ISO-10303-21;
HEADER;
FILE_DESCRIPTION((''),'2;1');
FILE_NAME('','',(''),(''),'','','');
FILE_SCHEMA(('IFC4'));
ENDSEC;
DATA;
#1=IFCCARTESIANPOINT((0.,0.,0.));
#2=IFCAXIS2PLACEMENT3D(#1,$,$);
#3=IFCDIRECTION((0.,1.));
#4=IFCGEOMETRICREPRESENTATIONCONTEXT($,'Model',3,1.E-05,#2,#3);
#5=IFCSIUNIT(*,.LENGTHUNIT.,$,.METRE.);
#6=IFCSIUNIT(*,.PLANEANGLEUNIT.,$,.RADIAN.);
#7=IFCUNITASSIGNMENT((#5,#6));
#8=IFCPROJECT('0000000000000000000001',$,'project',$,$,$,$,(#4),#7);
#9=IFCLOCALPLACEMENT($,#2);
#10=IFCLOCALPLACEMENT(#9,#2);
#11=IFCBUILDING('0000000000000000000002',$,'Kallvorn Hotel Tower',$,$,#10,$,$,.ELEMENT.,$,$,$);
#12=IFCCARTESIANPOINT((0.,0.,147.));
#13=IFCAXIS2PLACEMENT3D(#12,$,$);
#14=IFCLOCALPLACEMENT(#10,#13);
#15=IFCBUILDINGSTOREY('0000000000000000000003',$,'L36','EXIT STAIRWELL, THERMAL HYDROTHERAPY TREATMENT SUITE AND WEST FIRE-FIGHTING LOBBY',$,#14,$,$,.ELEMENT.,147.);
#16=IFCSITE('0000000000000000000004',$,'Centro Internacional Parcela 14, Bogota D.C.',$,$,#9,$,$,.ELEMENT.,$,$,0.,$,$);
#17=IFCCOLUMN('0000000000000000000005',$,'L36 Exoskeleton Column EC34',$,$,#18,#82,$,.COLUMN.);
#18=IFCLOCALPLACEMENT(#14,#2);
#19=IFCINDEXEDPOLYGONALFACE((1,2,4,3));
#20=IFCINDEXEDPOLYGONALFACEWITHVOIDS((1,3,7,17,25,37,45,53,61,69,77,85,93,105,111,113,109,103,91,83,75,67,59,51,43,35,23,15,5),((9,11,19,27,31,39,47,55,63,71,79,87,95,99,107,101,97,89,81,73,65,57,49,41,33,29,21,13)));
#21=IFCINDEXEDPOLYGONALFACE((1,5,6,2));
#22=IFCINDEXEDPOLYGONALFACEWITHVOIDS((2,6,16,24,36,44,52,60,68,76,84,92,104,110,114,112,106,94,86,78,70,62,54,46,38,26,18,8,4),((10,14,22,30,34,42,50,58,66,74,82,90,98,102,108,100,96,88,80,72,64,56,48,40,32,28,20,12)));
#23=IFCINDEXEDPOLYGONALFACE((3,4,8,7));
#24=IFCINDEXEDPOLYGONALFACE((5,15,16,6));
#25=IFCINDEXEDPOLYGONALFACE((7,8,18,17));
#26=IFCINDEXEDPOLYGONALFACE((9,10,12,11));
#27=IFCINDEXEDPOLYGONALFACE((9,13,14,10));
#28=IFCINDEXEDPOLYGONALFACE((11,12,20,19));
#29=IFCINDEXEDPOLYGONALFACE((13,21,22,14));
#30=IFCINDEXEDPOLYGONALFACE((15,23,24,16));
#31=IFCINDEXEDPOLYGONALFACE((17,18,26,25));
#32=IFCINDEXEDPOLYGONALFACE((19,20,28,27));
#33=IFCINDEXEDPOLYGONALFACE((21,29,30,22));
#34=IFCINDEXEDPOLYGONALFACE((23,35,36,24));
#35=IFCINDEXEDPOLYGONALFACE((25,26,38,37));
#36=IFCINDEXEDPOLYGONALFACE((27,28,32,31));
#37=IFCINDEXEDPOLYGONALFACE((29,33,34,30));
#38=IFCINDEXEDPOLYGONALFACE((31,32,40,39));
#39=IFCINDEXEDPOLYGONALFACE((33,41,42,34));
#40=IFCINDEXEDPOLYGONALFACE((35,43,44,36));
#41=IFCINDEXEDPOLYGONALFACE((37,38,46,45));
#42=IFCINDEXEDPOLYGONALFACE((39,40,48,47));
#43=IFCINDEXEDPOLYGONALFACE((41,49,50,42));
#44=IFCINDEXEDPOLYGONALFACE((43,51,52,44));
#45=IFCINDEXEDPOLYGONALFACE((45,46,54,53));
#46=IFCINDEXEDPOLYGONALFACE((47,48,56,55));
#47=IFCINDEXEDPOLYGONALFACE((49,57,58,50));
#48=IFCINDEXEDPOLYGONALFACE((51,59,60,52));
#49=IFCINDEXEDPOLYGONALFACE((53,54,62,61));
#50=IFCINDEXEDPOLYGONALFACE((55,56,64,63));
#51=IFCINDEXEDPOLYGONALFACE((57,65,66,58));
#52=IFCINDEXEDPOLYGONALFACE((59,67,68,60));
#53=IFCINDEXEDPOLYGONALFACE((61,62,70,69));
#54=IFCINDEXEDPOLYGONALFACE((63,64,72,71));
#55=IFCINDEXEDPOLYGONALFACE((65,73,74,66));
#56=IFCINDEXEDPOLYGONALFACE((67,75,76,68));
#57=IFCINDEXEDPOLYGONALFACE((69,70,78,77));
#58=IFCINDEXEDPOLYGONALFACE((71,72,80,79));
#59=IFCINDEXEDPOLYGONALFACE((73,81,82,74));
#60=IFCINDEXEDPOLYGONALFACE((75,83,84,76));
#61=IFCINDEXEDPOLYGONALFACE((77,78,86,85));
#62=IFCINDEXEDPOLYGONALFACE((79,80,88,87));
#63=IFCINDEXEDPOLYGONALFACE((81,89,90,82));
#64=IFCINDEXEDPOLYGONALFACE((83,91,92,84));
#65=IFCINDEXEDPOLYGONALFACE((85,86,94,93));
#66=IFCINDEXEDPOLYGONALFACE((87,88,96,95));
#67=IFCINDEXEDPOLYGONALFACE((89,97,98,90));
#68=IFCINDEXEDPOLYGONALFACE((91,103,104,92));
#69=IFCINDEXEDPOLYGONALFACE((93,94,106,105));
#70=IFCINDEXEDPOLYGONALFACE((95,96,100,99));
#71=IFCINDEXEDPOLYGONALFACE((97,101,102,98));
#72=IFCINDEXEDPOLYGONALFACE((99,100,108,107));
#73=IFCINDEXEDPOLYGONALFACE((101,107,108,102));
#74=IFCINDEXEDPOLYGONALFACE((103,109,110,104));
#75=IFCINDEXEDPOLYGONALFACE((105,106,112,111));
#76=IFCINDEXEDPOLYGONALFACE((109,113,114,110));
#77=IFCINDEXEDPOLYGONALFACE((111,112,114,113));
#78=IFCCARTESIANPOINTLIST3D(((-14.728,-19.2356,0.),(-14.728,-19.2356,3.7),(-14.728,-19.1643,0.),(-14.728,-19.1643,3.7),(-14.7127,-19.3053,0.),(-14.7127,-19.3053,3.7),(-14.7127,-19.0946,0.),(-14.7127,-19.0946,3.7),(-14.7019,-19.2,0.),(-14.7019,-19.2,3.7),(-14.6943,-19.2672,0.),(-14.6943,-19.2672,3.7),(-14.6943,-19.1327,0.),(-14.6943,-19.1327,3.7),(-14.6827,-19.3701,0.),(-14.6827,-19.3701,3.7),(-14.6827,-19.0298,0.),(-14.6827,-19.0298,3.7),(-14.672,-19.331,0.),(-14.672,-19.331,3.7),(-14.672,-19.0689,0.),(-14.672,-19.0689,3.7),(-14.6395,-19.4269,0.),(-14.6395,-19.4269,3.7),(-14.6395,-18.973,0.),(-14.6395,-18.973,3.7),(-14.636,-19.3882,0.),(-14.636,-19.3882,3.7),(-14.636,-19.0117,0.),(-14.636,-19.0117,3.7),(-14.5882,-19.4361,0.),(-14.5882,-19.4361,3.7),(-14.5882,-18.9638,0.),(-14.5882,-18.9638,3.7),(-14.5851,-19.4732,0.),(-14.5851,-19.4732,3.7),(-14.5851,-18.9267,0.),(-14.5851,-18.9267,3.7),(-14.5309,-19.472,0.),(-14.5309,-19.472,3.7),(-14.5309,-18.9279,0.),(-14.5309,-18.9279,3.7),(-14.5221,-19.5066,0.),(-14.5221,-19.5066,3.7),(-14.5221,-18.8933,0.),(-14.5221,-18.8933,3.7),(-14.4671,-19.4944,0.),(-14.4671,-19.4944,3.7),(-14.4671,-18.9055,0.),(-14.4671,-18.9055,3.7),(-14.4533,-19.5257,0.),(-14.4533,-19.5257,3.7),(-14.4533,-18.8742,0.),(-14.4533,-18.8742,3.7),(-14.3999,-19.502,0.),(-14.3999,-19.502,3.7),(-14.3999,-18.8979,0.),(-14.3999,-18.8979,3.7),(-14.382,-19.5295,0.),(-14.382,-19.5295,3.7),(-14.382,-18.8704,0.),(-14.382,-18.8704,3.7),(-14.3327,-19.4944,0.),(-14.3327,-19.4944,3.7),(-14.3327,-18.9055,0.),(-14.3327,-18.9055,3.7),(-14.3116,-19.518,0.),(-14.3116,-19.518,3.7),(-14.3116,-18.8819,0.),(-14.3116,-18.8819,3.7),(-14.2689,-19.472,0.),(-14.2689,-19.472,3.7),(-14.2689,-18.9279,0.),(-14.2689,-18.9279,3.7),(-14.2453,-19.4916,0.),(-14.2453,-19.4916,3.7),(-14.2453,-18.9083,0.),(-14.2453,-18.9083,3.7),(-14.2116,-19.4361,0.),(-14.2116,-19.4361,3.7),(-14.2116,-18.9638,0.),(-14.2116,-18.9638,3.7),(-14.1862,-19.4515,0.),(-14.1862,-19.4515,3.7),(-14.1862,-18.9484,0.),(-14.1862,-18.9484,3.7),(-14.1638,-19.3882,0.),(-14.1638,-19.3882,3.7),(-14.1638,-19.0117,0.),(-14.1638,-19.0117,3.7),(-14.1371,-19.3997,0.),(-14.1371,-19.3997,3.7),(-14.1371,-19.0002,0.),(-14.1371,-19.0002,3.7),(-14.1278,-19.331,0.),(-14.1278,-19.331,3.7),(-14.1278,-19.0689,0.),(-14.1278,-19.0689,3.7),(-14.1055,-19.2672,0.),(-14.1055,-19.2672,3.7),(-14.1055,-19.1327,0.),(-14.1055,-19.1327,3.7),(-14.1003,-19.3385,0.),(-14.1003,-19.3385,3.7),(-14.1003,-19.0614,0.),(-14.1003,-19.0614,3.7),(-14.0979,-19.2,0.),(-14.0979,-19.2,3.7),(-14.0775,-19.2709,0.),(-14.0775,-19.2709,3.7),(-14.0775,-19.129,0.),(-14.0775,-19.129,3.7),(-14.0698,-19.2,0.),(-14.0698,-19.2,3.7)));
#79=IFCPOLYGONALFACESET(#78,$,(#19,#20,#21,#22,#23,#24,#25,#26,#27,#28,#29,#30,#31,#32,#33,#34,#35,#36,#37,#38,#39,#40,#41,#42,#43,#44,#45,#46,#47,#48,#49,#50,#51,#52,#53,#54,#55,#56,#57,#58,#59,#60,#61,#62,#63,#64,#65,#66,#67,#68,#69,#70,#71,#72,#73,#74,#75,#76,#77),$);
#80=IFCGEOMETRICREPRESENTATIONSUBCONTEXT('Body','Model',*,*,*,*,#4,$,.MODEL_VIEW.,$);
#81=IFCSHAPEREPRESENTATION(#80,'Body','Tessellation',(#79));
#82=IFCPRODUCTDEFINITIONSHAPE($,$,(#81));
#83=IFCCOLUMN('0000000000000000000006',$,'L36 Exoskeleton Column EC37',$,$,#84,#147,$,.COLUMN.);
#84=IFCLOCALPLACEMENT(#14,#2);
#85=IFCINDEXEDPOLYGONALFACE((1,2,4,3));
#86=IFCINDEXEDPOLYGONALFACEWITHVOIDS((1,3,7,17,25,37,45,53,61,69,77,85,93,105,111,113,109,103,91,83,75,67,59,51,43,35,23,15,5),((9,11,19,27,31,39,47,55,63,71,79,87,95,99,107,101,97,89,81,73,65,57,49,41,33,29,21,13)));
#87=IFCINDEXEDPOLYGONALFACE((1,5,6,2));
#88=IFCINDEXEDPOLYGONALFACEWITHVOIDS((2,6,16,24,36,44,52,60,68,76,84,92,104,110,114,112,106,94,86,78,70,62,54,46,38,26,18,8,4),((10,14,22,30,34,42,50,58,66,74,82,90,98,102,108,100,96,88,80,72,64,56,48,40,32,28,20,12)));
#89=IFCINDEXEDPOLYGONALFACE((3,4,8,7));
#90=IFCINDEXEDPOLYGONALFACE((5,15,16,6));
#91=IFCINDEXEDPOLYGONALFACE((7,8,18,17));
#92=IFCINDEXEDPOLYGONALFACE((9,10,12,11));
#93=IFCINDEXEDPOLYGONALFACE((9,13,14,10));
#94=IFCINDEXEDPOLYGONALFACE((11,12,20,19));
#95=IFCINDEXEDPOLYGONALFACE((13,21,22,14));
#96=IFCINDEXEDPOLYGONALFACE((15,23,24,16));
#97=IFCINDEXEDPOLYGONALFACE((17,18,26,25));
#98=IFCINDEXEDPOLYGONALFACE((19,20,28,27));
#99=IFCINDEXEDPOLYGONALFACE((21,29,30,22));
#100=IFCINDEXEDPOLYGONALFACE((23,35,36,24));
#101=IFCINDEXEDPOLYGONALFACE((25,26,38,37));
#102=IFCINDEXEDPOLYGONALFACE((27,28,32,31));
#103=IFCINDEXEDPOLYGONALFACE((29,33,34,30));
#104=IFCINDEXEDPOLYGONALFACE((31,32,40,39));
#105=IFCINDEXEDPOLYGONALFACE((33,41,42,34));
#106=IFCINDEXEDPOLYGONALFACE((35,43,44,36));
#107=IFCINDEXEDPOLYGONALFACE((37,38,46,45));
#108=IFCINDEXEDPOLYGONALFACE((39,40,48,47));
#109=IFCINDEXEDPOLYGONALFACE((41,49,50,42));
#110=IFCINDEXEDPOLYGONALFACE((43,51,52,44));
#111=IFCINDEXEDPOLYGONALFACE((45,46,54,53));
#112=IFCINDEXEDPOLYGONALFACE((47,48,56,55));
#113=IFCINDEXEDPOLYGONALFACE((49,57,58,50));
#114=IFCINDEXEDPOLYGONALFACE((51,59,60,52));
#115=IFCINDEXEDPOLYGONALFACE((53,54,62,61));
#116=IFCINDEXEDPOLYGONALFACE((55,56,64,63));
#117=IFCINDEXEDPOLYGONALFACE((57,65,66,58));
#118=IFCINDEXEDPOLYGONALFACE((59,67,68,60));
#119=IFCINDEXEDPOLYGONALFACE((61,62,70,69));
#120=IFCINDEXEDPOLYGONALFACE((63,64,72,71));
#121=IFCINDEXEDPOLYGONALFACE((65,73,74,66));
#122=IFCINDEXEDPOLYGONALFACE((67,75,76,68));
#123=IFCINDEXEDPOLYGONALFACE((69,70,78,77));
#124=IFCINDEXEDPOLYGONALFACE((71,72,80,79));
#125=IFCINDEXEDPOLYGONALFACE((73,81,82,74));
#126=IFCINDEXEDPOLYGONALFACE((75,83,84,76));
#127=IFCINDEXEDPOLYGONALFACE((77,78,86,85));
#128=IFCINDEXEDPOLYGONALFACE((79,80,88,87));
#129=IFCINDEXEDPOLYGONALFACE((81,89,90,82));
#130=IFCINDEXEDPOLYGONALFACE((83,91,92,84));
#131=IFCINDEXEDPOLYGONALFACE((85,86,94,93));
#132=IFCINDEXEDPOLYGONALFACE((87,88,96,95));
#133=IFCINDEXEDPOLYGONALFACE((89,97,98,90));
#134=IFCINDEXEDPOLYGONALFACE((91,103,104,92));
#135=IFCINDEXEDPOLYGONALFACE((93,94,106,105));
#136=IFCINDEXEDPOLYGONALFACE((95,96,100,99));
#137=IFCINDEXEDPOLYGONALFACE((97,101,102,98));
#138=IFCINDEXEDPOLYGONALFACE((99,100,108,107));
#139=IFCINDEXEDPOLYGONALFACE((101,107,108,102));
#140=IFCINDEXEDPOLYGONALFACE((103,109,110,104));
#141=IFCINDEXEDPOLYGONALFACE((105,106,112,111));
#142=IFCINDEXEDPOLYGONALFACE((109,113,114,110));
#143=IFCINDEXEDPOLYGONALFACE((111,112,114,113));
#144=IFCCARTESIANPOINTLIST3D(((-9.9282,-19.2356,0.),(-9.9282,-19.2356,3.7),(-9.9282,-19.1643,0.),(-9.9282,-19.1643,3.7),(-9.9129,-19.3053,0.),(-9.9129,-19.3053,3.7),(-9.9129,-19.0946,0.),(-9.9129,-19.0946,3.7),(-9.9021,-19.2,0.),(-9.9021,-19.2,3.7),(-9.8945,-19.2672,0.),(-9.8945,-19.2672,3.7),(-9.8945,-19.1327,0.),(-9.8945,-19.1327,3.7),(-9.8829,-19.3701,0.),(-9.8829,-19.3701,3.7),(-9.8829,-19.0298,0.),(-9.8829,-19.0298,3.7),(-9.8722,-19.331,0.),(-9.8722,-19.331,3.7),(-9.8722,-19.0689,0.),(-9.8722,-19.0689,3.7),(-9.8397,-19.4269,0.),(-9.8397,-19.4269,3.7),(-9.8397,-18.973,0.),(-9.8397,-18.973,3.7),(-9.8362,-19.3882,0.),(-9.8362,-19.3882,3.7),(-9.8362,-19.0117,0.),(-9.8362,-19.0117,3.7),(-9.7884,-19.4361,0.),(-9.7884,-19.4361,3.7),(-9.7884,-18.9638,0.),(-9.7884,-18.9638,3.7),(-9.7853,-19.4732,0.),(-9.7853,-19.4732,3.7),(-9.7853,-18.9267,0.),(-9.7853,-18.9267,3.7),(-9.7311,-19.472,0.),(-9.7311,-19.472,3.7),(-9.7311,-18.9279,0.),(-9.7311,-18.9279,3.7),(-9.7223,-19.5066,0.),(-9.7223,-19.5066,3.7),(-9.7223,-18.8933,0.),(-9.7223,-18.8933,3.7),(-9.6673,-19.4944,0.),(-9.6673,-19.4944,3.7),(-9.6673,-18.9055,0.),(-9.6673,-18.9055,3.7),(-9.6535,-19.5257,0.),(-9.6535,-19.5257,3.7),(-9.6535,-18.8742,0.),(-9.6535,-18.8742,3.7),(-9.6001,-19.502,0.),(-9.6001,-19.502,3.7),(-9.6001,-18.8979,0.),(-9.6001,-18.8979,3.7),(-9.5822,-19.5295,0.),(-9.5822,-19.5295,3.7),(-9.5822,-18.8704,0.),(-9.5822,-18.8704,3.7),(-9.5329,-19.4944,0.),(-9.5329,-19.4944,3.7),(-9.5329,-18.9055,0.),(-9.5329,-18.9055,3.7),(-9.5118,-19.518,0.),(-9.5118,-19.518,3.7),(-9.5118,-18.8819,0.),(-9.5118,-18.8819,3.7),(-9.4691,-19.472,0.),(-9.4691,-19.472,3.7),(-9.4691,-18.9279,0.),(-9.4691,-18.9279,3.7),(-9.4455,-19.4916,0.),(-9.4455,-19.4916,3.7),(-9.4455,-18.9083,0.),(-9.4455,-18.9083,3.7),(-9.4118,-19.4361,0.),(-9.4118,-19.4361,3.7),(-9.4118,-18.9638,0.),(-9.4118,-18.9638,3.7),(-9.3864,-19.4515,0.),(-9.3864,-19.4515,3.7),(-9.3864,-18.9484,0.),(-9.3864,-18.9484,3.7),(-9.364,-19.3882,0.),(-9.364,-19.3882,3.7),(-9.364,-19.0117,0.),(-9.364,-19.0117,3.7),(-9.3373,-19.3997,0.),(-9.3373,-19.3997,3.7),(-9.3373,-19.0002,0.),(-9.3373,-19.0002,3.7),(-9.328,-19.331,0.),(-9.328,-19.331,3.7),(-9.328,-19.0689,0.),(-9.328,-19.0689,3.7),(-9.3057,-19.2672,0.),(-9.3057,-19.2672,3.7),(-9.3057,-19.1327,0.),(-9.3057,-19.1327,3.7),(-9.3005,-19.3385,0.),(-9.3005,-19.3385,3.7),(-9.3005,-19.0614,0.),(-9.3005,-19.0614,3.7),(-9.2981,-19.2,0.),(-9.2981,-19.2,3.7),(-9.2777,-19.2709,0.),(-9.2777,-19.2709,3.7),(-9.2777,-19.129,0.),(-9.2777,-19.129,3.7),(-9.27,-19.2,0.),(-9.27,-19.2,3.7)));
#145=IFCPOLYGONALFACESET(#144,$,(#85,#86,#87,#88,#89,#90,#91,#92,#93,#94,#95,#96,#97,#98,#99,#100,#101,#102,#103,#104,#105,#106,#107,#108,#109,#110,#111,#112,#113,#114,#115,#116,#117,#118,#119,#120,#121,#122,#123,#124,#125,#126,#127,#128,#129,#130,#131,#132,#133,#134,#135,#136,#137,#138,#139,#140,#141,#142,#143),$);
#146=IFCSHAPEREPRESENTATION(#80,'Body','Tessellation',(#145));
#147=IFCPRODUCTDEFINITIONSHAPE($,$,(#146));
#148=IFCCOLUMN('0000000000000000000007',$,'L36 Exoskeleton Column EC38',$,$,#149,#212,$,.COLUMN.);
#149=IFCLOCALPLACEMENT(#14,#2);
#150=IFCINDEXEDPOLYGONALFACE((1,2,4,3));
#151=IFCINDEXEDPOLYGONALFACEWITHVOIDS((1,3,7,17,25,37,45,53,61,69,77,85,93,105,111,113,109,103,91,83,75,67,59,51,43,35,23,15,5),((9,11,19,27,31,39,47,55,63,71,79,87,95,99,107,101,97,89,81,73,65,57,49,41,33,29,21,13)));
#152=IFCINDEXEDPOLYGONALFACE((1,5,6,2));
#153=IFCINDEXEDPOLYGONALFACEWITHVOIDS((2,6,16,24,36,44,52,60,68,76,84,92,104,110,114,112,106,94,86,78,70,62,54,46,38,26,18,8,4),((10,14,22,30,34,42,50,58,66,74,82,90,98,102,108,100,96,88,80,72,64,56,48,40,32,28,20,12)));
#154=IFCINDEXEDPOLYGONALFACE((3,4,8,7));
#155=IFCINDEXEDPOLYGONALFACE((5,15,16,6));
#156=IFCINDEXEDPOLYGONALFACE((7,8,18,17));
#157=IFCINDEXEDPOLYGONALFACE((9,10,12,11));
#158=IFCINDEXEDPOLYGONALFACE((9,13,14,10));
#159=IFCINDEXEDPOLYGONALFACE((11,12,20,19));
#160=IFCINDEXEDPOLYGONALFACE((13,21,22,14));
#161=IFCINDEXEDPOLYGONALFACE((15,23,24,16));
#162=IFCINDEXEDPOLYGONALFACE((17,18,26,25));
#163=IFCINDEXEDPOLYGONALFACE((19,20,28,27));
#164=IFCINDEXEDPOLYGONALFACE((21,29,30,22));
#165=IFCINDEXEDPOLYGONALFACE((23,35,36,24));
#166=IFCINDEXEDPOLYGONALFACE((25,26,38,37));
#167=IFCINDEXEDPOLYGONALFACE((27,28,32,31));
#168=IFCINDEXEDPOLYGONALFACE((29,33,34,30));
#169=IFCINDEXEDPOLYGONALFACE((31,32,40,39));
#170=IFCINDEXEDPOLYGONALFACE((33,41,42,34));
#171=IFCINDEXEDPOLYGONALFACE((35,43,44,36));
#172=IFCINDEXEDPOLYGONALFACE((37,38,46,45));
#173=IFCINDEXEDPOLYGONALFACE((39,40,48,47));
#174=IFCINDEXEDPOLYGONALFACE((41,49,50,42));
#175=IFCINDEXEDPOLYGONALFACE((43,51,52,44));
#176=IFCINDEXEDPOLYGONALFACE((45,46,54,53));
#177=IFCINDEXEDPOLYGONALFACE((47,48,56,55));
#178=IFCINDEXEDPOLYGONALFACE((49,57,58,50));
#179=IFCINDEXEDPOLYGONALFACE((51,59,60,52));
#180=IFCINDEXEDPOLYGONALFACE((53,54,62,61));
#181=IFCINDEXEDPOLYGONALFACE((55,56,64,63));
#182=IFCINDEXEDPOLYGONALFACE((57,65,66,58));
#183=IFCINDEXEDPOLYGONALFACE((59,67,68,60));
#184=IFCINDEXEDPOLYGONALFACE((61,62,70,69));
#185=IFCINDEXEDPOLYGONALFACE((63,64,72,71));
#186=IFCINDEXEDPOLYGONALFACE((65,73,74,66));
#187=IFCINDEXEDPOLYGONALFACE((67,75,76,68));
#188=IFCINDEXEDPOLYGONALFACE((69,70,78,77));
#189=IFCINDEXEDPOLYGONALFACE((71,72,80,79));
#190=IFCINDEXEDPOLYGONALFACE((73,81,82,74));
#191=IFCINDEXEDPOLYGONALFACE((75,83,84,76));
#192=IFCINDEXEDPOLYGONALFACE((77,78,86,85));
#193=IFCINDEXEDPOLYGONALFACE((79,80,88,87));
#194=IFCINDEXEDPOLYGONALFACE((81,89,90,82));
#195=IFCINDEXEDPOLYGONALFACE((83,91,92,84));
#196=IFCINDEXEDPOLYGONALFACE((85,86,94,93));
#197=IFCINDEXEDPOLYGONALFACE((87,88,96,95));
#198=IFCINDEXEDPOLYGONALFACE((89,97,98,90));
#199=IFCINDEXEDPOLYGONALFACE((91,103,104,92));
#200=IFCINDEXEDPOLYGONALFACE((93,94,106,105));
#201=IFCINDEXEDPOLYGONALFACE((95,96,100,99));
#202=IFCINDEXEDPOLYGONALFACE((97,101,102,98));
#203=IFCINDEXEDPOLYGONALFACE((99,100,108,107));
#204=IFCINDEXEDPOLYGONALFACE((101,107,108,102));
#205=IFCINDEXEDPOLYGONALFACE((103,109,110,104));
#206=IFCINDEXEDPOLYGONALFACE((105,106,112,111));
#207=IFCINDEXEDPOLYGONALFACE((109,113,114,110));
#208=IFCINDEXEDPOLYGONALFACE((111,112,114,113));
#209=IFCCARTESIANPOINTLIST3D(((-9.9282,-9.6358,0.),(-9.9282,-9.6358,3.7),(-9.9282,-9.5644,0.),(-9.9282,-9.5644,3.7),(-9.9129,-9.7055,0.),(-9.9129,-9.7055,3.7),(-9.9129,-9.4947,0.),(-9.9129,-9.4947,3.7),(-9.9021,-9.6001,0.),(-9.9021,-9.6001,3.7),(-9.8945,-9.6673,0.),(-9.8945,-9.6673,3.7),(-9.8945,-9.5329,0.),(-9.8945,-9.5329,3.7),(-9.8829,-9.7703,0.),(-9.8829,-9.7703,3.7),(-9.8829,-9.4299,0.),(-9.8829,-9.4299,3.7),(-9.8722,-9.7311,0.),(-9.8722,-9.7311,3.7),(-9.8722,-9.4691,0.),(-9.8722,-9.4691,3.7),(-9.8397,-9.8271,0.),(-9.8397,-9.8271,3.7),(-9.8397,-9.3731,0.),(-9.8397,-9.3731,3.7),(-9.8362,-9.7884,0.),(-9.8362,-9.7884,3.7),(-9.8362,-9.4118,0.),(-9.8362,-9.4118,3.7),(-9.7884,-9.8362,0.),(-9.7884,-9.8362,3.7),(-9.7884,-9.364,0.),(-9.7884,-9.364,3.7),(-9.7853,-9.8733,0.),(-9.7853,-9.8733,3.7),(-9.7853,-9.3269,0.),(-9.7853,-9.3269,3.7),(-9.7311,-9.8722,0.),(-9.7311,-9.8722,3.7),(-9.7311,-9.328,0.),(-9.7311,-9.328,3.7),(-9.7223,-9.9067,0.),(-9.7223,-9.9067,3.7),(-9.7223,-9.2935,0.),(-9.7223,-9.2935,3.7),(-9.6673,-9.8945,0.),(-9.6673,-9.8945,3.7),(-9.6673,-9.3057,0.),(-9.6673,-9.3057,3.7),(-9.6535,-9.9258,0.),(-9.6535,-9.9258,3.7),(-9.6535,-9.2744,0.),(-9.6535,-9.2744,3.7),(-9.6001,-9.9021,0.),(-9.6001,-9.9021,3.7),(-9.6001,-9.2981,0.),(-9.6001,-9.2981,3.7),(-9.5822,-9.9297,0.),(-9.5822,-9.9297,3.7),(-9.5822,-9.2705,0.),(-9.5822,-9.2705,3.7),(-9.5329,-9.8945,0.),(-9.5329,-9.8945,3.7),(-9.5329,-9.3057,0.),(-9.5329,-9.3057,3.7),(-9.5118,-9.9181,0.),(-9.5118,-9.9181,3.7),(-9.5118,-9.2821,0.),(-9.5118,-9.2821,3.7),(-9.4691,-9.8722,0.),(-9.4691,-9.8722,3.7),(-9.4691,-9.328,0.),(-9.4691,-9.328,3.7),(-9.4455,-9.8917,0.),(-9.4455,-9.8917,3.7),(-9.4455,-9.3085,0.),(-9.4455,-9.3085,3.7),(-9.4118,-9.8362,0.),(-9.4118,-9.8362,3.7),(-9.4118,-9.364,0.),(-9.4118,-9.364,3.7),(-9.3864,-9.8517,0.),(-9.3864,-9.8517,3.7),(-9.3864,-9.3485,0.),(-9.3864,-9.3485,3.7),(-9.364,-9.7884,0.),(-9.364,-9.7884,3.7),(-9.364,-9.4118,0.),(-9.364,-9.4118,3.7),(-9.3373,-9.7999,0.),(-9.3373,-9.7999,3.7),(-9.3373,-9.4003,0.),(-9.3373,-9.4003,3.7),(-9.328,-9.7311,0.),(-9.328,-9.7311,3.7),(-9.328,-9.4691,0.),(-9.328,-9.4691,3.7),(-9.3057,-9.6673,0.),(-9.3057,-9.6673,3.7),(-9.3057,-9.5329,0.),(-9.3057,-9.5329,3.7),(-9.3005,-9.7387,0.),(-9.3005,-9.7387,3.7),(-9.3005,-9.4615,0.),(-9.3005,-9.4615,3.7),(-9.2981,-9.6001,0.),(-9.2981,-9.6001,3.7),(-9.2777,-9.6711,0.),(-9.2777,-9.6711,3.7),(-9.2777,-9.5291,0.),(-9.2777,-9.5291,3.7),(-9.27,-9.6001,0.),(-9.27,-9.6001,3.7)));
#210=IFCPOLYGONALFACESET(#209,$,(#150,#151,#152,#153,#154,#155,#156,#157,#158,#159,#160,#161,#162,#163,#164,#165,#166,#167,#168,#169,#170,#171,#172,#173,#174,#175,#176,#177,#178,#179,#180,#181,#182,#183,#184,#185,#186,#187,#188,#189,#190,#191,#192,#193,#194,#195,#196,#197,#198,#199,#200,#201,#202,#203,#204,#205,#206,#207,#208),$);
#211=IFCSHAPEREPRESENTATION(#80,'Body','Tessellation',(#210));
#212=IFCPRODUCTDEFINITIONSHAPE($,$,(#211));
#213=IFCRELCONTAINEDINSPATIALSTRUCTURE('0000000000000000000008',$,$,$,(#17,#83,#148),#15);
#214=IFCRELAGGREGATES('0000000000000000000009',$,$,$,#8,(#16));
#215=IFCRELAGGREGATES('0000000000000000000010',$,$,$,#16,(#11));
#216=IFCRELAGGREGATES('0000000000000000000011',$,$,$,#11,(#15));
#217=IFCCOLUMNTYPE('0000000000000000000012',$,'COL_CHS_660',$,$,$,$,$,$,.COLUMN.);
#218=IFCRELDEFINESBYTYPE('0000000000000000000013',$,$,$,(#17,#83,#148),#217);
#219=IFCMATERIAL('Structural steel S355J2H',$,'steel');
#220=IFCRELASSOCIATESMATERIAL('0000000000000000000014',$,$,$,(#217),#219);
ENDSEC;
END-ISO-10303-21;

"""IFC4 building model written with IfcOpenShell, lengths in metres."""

from ifc_helpers import new_model, si_unit, direction, frame, origin, origin_2d, place, context, subcontext, project, spatial, hollow_circle, extrude, material, material_profile, profile_set, type_object, element, save


model = new_model("IFC4")

# Units and contexts
model_context = context("Model", 3, precision=1e-05, world=origin(), true_north=direction((0.0, 1.0)))
body_context = subcontext(model_context, "Body", "Model", "MODEL_VIEW")
ifc_project = project(units=[si_unit("LENGTHUNIT", "METRE"), si_unit("PLANEANGLEUNIT", "RADIAN")], contexts=[model_context])

# Site, building, storey
site_placement = place(None, origin())
site = spatial("IfcSite", under=ifc_project, at=site_placement, Name="Centro Internacional Parcela 14, Bogota D.C.", CompositionType="ELEMENT", RefElevation=0.0)
building_placement = place(site_placement, origin())
building = spatial("IfcBuilding", under=site, at=building_placement, Name="Kallvorn Hotel Tower", CompositionType="ELEMENT")
storey_placement = place(building_placement, frame((0.0, 0.0, 147.0)))
storey = spatial("IfcBuildingStorey", under=building, at=storey_placement, Name="L36", Description="EXIT STAIRWELL, THERMAL HYDROTHERAPY TREATMENT SUITE AND WEST FIRE-FIGHTING LOBBY", CompositionType="ELEMENT", Elevation=147.0)

# Columns
ifc_material_1 = material(Name="Structural steel S355J2H", Category="steel")
ifc_material_profile_1 = material_profile(ifc_material_1, hollow_circle(Radius=0.3301, WallThickness=0.0281, at=origin_2d()), Name="CHS 660x28")
ifc_profile_set_1 = profile_set([ifc_material_profile_1], Name="Structural steel S355J2H")
column_type_1 = type_object("IfcColumnType", Name="COL_CHS_660", PredefinedType="COLUMN", material=ifc_profile_set_1)
for number, where, z_axis, x_axis, name in (
    (1, (-14.3999, -19.2, 0.0), (0.0, 0.0, 1.0), (1.0, 0.0, 0.0), "L36 Exoskeleton Column EC34"),
    (2, (-9.6001, -19.2, 0.0), (0.0, 0.0, 1.0), (1.0, 0.0, 0.0), "L36 Exoskeleton Column EC37"),
    (3, (-9.6001, -9.6001, 0.0), (0.0, 0.0, 1.0), (1.0, 0.0, 0.0), "L36 Exoskeleton Column EC38"),
):
    element("IfcColumn", number, at=place(storey_placement, frame(where, z_axis=z_axis, x_axis=x_axis)), inside=storey, type_object=column_type_1, Name=name, PredefinedType="COLUMN", context=body_context, shape_type="SweptSolid", body=[
        extrude(hollow_circle(Radius=0.3301, WallThickness=0.0281, at=origin_2d()), origin(), (0.0, 0.0, 1.0), 3.7),
    ])

save(model, "model.ifc")
